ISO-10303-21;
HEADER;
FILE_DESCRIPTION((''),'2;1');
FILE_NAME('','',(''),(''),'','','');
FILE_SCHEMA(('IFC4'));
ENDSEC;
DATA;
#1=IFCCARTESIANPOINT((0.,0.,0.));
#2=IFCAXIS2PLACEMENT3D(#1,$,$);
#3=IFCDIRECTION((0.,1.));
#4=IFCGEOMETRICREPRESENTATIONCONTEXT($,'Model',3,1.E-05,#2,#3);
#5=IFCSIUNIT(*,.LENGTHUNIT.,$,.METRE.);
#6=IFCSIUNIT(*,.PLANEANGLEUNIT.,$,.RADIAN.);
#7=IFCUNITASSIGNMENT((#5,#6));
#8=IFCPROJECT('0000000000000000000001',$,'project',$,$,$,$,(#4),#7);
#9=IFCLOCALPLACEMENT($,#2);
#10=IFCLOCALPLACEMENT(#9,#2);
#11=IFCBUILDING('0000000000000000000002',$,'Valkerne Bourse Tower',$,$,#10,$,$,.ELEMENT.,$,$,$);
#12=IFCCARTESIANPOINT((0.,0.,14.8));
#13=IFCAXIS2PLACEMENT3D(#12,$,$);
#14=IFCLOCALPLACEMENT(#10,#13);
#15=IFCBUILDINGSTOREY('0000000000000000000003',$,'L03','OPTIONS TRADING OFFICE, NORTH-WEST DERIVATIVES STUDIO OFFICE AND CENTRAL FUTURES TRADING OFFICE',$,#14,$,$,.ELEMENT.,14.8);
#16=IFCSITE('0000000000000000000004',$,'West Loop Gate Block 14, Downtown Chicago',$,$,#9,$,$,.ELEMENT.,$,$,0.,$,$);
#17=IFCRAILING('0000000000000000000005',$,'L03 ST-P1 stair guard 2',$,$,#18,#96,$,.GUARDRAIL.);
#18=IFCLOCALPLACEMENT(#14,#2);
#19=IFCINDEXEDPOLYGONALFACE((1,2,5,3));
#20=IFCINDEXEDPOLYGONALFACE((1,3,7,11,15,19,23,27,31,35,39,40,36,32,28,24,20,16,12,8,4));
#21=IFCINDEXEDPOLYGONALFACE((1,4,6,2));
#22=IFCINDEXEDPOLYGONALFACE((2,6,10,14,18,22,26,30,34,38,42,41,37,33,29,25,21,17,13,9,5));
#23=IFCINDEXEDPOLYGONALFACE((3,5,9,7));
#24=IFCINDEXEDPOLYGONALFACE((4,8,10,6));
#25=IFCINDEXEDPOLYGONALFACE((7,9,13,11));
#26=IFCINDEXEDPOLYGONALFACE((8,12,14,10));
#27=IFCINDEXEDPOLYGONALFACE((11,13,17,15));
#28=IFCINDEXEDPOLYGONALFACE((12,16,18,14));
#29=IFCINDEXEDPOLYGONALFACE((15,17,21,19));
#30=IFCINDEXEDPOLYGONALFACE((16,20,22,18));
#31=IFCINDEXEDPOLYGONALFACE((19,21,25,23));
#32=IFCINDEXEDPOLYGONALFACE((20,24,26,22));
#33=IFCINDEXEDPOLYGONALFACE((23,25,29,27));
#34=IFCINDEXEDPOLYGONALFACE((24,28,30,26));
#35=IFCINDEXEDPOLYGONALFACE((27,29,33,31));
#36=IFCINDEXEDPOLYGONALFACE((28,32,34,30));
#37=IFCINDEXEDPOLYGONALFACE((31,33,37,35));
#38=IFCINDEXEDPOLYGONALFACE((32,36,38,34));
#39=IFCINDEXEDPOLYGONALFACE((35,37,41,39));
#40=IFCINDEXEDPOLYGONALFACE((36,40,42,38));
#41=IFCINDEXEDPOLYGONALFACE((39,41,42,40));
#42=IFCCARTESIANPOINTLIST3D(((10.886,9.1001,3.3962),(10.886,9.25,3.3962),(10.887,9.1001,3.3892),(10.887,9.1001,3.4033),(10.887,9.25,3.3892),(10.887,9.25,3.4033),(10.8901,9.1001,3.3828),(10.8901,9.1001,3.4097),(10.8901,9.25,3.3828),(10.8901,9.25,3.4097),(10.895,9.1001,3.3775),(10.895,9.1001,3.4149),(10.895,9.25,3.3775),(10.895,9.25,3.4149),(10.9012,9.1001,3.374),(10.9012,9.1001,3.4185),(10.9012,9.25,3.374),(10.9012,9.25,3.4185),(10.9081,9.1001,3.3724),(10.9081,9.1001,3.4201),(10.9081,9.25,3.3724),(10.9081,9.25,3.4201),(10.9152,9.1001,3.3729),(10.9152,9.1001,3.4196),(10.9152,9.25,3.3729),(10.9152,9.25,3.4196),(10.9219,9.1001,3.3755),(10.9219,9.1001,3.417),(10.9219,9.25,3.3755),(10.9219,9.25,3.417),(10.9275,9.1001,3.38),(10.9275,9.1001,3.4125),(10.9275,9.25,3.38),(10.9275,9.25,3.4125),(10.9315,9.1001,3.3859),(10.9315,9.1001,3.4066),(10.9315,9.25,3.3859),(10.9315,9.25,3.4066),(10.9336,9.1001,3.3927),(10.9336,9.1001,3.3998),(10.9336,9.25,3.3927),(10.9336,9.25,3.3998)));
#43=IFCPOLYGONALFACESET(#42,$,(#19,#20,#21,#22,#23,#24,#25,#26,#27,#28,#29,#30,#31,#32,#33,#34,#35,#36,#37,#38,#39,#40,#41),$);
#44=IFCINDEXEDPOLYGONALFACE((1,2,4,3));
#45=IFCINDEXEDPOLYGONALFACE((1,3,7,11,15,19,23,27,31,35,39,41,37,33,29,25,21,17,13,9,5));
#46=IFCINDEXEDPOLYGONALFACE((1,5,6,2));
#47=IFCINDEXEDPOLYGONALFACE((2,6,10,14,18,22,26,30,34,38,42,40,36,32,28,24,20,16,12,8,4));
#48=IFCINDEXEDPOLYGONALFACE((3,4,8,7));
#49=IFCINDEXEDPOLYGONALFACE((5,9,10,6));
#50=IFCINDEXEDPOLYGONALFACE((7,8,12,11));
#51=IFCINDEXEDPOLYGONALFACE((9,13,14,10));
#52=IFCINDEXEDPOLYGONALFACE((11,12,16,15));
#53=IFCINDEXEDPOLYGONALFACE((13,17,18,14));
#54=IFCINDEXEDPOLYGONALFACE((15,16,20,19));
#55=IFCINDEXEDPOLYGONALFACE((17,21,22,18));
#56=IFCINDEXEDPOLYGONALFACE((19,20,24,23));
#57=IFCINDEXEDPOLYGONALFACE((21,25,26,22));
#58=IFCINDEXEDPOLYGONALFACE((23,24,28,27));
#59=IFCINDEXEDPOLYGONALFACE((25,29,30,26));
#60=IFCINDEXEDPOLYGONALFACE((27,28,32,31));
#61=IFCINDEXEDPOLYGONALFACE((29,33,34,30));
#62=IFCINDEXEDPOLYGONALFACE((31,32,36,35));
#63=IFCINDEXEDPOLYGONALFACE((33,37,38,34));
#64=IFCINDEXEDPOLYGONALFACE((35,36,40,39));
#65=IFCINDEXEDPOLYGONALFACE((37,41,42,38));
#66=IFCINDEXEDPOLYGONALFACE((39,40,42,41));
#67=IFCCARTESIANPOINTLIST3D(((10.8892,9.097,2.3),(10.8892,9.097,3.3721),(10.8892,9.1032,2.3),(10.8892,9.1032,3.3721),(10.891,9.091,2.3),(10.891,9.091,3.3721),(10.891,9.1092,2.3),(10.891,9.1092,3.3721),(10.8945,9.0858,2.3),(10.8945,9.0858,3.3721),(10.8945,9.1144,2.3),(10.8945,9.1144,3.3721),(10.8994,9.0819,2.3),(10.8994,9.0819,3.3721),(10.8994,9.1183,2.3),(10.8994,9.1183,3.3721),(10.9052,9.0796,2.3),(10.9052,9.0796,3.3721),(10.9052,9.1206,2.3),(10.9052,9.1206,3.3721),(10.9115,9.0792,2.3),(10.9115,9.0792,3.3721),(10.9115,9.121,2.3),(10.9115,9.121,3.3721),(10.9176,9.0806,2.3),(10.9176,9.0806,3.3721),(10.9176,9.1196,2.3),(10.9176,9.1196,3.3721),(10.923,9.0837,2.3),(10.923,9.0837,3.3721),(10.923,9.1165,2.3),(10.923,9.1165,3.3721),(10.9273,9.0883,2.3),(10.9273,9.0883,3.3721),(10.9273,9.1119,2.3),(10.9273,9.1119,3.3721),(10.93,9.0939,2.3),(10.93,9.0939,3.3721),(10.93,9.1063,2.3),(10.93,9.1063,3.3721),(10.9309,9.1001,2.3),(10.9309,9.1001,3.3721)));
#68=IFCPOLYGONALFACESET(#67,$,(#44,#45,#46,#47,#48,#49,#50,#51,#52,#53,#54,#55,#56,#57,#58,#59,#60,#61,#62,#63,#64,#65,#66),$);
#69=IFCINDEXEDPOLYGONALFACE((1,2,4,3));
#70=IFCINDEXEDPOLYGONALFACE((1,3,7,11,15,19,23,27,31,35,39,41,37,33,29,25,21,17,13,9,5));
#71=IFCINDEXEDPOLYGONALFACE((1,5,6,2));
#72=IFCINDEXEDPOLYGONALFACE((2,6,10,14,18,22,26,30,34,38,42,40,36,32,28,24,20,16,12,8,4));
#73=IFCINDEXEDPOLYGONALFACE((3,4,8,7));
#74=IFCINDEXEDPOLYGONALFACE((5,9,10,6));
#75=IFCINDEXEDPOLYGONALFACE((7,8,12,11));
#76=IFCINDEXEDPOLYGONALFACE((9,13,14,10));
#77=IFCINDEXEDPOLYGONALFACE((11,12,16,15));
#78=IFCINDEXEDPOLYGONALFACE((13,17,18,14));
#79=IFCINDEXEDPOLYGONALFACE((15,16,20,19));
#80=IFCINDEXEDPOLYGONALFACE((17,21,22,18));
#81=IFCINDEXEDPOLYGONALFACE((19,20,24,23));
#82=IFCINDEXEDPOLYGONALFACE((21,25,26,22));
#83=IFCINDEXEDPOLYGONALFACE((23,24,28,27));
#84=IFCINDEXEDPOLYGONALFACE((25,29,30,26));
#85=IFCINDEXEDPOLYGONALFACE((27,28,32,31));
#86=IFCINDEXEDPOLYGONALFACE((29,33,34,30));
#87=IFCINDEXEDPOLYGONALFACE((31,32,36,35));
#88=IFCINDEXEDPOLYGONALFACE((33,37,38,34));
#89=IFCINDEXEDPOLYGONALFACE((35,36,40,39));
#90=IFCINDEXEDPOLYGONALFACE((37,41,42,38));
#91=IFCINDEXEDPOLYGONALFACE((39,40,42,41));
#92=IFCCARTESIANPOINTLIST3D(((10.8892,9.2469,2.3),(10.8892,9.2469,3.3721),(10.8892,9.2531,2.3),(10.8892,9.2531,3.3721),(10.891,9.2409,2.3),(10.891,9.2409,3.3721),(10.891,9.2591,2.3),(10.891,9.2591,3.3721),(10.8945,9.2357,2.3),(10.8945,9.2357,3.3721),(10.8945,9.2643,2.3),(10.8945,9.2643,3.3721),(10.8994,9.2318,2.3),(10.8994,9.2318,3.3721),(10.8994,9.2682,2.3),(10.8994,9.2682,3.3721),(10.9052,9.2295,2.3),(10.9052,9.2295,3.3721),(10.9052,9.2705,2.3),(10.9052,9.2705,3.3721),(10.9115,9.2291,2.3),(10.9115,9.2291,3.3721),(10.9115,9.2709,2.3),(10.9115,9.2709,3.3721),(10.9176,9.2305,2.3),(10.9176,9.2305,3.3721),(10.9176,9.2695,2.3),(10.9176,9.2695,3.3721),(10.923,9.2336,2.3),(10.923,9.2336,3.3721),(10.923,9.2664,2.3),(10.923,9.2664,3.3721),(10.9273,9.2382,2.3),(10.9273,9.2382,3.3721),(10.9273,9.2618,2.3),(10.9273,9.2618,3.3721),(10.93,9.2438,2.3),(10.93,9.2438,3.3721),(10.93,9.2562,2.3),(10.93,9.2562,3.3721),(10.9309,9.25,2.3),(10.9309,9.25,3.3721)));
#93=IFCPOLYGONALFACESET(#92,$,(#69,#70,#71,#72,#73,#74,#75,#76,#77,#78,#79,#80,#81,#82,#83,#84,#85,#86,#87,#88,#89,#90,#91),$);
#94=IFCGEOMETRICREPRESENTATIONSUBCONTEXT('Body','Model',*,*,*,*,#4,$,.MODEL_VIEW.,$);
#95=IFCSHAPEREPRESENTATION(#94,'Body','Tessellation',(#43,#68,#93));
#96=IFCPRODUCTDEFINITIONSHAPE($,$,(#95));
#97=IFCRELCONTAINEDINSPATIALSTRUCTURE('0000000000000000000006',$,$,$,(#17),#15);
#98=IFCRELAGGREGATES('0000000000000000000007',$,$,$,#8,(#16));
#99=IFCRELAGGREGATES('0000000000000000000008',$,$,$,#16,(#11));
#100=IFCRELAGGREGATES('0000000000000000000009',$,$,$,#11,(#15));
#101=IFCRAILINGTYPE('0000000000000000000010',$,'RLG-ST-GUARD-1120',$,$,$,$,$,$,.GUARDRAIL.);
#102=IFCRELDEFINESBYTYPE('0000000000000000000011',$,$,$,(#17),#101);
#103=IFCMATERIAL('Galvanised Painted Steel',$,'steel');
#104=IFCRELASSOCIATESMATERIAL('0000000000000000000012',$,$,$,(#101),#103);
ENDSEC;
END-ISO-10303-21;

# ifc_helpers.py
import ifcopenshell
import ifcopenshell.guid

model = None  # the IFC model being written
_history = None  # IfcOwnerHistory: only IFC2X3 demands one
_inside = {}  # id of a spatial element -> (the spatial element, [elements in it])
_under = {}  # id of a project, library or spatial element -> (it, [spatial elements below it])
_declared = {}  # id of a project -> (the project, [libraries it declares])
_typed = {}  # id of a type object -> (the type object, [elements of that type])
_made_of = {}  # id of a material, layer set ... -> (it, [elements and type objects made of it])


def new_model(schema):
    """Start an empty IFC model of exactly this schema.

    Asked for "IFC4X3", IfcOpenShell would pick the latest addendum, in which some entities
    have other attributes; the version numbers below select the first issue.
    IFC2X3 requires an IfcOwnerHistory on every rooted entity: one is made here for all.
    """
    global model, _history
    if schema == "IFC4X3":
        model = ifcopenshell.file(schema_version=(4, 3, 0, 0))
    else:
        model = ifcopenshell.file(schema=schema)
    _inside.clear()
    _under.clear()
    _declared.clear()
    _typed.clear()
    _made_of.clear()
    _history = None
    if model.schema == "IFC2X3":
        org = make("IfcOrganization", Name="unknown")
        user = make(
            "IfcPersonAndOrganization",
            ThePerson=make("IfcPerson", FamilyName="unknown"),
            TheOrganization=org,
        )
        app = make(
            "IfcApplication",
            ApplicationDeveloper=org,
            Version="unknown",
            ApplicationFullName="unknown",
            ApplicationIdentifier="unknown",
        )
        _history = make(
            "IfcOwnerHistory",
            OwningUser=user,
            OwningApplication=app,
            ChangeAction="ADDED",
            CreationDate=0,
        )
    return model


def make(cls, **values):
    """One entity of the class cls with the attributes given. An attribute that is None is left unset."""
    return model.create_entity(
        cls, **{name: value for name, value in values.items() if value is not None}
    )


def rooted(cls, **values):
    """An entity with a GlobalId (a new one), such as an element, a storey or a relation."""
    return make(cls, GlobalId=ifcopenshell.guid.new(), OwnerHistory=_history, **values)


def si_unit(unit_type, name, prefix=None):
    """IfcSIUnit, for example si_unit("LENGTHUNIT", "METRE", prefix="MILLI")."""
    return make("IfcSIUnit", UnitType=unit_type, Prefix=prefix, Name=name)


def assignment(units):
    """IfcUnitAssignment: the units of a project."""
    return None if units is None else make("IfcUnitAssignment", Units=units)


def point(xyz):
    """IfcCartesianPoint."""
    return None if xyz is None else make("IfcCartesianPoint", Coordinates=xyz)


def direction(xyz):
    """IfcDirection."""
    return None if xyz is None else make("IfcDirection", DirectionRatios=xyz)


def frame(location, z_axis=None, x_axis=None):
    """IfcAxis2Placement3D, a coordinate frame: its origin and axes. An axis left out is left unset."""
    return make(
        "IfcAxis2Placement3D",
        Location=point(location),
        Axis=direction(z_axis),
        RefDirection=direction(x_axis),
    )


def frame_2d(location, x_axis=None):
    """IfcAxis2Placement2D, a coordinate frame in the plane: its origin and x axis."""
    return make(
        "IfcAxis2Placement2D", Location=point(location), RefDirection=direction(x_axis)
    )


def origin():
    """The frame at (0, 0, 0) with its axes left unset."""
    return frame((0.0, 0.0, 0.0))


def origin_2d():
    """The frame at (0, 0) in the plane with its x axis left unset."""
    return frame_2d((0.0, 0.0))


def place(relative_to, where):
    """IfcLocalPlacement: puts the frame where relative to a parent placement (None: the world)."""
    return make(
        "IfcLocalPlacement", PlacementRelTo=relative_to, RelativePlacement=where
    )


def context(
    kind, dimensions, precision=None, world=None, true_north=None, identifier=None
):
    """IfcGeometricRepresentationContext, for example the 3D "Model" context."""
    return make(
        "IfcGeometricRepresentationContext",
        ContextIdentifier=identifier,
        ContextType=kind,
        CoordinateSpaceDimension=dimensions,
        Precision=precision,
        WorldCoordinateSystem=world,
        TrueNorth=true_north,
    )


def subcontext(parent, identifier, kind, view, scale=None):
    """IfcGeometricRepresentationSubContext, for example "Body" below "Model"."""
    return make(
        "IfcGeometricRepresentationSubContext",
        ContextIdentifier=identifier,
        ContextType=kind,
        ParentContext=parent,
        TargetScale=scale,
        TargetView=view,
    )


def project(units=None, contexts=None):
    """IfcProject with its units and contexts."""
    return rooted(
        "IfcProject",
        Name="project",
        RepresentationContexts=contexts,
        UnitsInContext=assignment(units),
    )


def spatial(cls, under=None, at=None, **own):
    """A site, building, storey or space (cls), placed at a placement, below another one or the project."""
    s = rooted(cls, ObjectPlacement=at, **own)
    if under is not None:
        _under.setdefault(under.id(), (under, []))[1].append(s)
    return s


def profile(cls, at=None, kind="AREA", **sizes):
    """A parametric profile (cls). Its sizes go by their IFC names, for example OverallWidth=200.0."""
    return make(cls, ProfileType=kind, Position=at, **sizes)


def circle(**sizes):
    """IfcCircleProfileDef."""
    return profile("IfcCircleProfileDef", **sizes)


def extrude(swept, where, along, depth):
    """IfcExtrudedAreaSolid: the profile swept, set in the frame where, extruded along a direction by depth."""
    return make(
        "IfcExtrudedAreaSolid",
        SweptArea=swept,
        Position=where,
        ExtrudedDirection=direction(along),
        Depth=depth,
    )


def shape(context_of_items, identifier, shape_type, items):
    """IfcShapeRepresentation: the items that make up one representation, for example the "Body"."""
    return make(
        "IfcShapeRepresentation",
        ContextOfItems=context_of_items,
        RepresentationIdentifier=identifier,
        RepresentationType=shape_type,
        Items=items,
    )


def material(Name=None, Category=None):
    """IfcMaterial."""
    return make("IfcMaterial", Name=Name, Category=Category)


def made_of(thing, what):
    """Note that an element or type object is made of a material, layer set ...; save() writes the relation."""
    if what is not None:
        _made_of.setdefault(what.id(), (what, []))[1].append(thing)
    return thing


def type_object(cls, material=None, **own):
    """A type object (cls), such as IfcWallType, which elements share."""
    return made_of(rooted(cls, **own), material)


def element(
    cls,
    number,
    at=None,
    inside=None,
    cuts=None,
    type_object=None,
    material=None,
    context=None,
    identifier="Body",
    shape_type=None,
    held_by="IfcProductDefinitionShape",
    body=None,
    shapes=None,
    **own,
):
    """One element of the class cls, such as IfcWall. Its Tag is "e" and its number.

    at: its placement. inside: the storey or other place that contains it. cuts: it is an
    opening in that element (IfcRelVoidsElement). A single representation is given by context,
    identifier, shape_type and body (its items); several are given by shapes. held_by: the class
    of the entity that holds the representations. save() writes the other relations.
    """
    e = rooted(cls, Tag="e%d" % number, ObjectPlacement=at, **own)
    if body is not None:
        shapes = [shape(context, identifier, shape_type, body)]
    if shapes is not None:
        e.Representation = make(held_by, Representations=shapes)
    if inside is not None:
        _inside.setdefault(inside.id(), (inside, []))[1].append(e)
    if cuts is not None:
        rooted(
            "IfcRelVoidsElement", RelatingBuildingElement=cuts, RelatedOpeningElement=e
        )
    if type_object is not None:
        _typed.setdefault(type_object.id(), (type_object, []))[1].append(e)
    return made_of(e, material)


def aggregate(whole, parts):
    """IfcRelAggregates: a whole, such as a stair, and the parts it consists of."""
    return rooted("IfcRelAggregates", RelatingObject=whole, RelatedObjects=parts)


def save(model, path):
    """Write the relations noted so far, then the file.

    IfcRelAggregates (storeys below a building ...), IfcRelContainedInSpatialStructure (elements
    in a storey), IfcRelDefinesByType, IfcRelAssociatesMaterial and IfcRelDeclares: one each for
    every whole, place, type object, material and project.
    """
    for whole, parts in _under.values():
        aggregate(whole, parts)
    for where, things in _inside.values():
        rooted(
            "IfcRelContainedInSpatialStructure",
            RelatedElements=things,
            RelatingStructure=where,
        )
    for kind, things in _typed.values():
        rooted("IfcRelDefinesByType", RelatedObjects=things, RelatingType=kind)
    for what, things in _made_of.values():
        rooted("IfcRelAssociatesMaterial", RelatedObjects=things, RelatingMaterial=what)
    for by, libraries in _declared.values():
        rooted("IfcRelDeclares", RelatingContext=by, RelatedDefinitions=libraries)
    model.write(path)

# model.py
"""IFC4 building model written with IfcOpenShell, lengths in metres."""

from ifc_helpers import new_model, si_unit, direction, frame, origin, origin_2d, place, context, subcontext, project, spatial, circle, extrude, material, type_object, element, save


model = new_model("IFC4")

# Units and contexts
model_context = context("Model", 3, precision=1e-05, world=origin(), true_north=direction((0.0, 1.0)))
body_context = subcontext(model_context, "Body", "Model", "MODEL_VIEW")
ifc_project = project(units=[si_unit("LENGTHUNIT", "METRE"), si_unit("PLANEANGLEUNIT", "RADIAN")], contexts=[model_context])

# Site, building, storey
site_placement = place(None, origin())
site = spatial("IfcSite", under=ifc_project, at=site_placement, Name="West Loop Gate Block 14, Downtown Chicago", CompositionType="ELEMENT", RefElevation=0.0)
building_placement = place(site_placement, origin())
building = spatial("IfcBuilding", under=site, at=building_placement, Name="Valkerne Bourse Tower", CompositionType="ELEMENT")
storey_placement = place(building_placement, frame((0.0, 0.0, 14.8)))
storey = spatial("IfcBuildingStorey", under=building, at=storey_placement, Name="L03", Description="OPTIONS TRADING OFFICE, NORTH-WEST DERIVATIVES STUDIO OFFICE AND CENTRAL FUTURES TRADING OFFICE", CompositionType="ELEMENT", Elevation=14.8)

# Railing
ifc_material_1 = material(Name="Galvanised Painted Steel", Category="steel")
railing_type_1 = type_object("IfcRailingType", Name="RLG-ST-GUARD-1120", PredefinedType="GUARDRAIL", material=ifc_material_1)
railing_1_placement = place(storey_placement, frame((10.9099, 9.1001, 2.3)))
element("IfcRailing", 1, at=railing_1_placement, inside=storey, type_object=railing_type_1, Name="L03 ST-P1 stair guard 2", PredefinedType="GUARDRAIL", context=body_context, shape_type="SweptSolid", body=[
    extrude(circle(Radius=0.0239, at=origin_2d()), frame((0.0, 0.0, 1.0962), z_axis=(0.0, 1.0, 0.0), x_axis=(-1.0, 0.0, 0.0)), (0.0, 0.0, 1.0), 0.1499),
    extrude(circle(Radius=0.021, at=origin_2d()), origin(), (0.0, 0.0, 1.0), 1.072),
    extrude(circle(Radius=0.021, at=origin_2d()), frame((0.0, 0.1499, 0.0)), (0.0, 0.0, 1.0), 1.072),
])

save(model, "model.ifc")
